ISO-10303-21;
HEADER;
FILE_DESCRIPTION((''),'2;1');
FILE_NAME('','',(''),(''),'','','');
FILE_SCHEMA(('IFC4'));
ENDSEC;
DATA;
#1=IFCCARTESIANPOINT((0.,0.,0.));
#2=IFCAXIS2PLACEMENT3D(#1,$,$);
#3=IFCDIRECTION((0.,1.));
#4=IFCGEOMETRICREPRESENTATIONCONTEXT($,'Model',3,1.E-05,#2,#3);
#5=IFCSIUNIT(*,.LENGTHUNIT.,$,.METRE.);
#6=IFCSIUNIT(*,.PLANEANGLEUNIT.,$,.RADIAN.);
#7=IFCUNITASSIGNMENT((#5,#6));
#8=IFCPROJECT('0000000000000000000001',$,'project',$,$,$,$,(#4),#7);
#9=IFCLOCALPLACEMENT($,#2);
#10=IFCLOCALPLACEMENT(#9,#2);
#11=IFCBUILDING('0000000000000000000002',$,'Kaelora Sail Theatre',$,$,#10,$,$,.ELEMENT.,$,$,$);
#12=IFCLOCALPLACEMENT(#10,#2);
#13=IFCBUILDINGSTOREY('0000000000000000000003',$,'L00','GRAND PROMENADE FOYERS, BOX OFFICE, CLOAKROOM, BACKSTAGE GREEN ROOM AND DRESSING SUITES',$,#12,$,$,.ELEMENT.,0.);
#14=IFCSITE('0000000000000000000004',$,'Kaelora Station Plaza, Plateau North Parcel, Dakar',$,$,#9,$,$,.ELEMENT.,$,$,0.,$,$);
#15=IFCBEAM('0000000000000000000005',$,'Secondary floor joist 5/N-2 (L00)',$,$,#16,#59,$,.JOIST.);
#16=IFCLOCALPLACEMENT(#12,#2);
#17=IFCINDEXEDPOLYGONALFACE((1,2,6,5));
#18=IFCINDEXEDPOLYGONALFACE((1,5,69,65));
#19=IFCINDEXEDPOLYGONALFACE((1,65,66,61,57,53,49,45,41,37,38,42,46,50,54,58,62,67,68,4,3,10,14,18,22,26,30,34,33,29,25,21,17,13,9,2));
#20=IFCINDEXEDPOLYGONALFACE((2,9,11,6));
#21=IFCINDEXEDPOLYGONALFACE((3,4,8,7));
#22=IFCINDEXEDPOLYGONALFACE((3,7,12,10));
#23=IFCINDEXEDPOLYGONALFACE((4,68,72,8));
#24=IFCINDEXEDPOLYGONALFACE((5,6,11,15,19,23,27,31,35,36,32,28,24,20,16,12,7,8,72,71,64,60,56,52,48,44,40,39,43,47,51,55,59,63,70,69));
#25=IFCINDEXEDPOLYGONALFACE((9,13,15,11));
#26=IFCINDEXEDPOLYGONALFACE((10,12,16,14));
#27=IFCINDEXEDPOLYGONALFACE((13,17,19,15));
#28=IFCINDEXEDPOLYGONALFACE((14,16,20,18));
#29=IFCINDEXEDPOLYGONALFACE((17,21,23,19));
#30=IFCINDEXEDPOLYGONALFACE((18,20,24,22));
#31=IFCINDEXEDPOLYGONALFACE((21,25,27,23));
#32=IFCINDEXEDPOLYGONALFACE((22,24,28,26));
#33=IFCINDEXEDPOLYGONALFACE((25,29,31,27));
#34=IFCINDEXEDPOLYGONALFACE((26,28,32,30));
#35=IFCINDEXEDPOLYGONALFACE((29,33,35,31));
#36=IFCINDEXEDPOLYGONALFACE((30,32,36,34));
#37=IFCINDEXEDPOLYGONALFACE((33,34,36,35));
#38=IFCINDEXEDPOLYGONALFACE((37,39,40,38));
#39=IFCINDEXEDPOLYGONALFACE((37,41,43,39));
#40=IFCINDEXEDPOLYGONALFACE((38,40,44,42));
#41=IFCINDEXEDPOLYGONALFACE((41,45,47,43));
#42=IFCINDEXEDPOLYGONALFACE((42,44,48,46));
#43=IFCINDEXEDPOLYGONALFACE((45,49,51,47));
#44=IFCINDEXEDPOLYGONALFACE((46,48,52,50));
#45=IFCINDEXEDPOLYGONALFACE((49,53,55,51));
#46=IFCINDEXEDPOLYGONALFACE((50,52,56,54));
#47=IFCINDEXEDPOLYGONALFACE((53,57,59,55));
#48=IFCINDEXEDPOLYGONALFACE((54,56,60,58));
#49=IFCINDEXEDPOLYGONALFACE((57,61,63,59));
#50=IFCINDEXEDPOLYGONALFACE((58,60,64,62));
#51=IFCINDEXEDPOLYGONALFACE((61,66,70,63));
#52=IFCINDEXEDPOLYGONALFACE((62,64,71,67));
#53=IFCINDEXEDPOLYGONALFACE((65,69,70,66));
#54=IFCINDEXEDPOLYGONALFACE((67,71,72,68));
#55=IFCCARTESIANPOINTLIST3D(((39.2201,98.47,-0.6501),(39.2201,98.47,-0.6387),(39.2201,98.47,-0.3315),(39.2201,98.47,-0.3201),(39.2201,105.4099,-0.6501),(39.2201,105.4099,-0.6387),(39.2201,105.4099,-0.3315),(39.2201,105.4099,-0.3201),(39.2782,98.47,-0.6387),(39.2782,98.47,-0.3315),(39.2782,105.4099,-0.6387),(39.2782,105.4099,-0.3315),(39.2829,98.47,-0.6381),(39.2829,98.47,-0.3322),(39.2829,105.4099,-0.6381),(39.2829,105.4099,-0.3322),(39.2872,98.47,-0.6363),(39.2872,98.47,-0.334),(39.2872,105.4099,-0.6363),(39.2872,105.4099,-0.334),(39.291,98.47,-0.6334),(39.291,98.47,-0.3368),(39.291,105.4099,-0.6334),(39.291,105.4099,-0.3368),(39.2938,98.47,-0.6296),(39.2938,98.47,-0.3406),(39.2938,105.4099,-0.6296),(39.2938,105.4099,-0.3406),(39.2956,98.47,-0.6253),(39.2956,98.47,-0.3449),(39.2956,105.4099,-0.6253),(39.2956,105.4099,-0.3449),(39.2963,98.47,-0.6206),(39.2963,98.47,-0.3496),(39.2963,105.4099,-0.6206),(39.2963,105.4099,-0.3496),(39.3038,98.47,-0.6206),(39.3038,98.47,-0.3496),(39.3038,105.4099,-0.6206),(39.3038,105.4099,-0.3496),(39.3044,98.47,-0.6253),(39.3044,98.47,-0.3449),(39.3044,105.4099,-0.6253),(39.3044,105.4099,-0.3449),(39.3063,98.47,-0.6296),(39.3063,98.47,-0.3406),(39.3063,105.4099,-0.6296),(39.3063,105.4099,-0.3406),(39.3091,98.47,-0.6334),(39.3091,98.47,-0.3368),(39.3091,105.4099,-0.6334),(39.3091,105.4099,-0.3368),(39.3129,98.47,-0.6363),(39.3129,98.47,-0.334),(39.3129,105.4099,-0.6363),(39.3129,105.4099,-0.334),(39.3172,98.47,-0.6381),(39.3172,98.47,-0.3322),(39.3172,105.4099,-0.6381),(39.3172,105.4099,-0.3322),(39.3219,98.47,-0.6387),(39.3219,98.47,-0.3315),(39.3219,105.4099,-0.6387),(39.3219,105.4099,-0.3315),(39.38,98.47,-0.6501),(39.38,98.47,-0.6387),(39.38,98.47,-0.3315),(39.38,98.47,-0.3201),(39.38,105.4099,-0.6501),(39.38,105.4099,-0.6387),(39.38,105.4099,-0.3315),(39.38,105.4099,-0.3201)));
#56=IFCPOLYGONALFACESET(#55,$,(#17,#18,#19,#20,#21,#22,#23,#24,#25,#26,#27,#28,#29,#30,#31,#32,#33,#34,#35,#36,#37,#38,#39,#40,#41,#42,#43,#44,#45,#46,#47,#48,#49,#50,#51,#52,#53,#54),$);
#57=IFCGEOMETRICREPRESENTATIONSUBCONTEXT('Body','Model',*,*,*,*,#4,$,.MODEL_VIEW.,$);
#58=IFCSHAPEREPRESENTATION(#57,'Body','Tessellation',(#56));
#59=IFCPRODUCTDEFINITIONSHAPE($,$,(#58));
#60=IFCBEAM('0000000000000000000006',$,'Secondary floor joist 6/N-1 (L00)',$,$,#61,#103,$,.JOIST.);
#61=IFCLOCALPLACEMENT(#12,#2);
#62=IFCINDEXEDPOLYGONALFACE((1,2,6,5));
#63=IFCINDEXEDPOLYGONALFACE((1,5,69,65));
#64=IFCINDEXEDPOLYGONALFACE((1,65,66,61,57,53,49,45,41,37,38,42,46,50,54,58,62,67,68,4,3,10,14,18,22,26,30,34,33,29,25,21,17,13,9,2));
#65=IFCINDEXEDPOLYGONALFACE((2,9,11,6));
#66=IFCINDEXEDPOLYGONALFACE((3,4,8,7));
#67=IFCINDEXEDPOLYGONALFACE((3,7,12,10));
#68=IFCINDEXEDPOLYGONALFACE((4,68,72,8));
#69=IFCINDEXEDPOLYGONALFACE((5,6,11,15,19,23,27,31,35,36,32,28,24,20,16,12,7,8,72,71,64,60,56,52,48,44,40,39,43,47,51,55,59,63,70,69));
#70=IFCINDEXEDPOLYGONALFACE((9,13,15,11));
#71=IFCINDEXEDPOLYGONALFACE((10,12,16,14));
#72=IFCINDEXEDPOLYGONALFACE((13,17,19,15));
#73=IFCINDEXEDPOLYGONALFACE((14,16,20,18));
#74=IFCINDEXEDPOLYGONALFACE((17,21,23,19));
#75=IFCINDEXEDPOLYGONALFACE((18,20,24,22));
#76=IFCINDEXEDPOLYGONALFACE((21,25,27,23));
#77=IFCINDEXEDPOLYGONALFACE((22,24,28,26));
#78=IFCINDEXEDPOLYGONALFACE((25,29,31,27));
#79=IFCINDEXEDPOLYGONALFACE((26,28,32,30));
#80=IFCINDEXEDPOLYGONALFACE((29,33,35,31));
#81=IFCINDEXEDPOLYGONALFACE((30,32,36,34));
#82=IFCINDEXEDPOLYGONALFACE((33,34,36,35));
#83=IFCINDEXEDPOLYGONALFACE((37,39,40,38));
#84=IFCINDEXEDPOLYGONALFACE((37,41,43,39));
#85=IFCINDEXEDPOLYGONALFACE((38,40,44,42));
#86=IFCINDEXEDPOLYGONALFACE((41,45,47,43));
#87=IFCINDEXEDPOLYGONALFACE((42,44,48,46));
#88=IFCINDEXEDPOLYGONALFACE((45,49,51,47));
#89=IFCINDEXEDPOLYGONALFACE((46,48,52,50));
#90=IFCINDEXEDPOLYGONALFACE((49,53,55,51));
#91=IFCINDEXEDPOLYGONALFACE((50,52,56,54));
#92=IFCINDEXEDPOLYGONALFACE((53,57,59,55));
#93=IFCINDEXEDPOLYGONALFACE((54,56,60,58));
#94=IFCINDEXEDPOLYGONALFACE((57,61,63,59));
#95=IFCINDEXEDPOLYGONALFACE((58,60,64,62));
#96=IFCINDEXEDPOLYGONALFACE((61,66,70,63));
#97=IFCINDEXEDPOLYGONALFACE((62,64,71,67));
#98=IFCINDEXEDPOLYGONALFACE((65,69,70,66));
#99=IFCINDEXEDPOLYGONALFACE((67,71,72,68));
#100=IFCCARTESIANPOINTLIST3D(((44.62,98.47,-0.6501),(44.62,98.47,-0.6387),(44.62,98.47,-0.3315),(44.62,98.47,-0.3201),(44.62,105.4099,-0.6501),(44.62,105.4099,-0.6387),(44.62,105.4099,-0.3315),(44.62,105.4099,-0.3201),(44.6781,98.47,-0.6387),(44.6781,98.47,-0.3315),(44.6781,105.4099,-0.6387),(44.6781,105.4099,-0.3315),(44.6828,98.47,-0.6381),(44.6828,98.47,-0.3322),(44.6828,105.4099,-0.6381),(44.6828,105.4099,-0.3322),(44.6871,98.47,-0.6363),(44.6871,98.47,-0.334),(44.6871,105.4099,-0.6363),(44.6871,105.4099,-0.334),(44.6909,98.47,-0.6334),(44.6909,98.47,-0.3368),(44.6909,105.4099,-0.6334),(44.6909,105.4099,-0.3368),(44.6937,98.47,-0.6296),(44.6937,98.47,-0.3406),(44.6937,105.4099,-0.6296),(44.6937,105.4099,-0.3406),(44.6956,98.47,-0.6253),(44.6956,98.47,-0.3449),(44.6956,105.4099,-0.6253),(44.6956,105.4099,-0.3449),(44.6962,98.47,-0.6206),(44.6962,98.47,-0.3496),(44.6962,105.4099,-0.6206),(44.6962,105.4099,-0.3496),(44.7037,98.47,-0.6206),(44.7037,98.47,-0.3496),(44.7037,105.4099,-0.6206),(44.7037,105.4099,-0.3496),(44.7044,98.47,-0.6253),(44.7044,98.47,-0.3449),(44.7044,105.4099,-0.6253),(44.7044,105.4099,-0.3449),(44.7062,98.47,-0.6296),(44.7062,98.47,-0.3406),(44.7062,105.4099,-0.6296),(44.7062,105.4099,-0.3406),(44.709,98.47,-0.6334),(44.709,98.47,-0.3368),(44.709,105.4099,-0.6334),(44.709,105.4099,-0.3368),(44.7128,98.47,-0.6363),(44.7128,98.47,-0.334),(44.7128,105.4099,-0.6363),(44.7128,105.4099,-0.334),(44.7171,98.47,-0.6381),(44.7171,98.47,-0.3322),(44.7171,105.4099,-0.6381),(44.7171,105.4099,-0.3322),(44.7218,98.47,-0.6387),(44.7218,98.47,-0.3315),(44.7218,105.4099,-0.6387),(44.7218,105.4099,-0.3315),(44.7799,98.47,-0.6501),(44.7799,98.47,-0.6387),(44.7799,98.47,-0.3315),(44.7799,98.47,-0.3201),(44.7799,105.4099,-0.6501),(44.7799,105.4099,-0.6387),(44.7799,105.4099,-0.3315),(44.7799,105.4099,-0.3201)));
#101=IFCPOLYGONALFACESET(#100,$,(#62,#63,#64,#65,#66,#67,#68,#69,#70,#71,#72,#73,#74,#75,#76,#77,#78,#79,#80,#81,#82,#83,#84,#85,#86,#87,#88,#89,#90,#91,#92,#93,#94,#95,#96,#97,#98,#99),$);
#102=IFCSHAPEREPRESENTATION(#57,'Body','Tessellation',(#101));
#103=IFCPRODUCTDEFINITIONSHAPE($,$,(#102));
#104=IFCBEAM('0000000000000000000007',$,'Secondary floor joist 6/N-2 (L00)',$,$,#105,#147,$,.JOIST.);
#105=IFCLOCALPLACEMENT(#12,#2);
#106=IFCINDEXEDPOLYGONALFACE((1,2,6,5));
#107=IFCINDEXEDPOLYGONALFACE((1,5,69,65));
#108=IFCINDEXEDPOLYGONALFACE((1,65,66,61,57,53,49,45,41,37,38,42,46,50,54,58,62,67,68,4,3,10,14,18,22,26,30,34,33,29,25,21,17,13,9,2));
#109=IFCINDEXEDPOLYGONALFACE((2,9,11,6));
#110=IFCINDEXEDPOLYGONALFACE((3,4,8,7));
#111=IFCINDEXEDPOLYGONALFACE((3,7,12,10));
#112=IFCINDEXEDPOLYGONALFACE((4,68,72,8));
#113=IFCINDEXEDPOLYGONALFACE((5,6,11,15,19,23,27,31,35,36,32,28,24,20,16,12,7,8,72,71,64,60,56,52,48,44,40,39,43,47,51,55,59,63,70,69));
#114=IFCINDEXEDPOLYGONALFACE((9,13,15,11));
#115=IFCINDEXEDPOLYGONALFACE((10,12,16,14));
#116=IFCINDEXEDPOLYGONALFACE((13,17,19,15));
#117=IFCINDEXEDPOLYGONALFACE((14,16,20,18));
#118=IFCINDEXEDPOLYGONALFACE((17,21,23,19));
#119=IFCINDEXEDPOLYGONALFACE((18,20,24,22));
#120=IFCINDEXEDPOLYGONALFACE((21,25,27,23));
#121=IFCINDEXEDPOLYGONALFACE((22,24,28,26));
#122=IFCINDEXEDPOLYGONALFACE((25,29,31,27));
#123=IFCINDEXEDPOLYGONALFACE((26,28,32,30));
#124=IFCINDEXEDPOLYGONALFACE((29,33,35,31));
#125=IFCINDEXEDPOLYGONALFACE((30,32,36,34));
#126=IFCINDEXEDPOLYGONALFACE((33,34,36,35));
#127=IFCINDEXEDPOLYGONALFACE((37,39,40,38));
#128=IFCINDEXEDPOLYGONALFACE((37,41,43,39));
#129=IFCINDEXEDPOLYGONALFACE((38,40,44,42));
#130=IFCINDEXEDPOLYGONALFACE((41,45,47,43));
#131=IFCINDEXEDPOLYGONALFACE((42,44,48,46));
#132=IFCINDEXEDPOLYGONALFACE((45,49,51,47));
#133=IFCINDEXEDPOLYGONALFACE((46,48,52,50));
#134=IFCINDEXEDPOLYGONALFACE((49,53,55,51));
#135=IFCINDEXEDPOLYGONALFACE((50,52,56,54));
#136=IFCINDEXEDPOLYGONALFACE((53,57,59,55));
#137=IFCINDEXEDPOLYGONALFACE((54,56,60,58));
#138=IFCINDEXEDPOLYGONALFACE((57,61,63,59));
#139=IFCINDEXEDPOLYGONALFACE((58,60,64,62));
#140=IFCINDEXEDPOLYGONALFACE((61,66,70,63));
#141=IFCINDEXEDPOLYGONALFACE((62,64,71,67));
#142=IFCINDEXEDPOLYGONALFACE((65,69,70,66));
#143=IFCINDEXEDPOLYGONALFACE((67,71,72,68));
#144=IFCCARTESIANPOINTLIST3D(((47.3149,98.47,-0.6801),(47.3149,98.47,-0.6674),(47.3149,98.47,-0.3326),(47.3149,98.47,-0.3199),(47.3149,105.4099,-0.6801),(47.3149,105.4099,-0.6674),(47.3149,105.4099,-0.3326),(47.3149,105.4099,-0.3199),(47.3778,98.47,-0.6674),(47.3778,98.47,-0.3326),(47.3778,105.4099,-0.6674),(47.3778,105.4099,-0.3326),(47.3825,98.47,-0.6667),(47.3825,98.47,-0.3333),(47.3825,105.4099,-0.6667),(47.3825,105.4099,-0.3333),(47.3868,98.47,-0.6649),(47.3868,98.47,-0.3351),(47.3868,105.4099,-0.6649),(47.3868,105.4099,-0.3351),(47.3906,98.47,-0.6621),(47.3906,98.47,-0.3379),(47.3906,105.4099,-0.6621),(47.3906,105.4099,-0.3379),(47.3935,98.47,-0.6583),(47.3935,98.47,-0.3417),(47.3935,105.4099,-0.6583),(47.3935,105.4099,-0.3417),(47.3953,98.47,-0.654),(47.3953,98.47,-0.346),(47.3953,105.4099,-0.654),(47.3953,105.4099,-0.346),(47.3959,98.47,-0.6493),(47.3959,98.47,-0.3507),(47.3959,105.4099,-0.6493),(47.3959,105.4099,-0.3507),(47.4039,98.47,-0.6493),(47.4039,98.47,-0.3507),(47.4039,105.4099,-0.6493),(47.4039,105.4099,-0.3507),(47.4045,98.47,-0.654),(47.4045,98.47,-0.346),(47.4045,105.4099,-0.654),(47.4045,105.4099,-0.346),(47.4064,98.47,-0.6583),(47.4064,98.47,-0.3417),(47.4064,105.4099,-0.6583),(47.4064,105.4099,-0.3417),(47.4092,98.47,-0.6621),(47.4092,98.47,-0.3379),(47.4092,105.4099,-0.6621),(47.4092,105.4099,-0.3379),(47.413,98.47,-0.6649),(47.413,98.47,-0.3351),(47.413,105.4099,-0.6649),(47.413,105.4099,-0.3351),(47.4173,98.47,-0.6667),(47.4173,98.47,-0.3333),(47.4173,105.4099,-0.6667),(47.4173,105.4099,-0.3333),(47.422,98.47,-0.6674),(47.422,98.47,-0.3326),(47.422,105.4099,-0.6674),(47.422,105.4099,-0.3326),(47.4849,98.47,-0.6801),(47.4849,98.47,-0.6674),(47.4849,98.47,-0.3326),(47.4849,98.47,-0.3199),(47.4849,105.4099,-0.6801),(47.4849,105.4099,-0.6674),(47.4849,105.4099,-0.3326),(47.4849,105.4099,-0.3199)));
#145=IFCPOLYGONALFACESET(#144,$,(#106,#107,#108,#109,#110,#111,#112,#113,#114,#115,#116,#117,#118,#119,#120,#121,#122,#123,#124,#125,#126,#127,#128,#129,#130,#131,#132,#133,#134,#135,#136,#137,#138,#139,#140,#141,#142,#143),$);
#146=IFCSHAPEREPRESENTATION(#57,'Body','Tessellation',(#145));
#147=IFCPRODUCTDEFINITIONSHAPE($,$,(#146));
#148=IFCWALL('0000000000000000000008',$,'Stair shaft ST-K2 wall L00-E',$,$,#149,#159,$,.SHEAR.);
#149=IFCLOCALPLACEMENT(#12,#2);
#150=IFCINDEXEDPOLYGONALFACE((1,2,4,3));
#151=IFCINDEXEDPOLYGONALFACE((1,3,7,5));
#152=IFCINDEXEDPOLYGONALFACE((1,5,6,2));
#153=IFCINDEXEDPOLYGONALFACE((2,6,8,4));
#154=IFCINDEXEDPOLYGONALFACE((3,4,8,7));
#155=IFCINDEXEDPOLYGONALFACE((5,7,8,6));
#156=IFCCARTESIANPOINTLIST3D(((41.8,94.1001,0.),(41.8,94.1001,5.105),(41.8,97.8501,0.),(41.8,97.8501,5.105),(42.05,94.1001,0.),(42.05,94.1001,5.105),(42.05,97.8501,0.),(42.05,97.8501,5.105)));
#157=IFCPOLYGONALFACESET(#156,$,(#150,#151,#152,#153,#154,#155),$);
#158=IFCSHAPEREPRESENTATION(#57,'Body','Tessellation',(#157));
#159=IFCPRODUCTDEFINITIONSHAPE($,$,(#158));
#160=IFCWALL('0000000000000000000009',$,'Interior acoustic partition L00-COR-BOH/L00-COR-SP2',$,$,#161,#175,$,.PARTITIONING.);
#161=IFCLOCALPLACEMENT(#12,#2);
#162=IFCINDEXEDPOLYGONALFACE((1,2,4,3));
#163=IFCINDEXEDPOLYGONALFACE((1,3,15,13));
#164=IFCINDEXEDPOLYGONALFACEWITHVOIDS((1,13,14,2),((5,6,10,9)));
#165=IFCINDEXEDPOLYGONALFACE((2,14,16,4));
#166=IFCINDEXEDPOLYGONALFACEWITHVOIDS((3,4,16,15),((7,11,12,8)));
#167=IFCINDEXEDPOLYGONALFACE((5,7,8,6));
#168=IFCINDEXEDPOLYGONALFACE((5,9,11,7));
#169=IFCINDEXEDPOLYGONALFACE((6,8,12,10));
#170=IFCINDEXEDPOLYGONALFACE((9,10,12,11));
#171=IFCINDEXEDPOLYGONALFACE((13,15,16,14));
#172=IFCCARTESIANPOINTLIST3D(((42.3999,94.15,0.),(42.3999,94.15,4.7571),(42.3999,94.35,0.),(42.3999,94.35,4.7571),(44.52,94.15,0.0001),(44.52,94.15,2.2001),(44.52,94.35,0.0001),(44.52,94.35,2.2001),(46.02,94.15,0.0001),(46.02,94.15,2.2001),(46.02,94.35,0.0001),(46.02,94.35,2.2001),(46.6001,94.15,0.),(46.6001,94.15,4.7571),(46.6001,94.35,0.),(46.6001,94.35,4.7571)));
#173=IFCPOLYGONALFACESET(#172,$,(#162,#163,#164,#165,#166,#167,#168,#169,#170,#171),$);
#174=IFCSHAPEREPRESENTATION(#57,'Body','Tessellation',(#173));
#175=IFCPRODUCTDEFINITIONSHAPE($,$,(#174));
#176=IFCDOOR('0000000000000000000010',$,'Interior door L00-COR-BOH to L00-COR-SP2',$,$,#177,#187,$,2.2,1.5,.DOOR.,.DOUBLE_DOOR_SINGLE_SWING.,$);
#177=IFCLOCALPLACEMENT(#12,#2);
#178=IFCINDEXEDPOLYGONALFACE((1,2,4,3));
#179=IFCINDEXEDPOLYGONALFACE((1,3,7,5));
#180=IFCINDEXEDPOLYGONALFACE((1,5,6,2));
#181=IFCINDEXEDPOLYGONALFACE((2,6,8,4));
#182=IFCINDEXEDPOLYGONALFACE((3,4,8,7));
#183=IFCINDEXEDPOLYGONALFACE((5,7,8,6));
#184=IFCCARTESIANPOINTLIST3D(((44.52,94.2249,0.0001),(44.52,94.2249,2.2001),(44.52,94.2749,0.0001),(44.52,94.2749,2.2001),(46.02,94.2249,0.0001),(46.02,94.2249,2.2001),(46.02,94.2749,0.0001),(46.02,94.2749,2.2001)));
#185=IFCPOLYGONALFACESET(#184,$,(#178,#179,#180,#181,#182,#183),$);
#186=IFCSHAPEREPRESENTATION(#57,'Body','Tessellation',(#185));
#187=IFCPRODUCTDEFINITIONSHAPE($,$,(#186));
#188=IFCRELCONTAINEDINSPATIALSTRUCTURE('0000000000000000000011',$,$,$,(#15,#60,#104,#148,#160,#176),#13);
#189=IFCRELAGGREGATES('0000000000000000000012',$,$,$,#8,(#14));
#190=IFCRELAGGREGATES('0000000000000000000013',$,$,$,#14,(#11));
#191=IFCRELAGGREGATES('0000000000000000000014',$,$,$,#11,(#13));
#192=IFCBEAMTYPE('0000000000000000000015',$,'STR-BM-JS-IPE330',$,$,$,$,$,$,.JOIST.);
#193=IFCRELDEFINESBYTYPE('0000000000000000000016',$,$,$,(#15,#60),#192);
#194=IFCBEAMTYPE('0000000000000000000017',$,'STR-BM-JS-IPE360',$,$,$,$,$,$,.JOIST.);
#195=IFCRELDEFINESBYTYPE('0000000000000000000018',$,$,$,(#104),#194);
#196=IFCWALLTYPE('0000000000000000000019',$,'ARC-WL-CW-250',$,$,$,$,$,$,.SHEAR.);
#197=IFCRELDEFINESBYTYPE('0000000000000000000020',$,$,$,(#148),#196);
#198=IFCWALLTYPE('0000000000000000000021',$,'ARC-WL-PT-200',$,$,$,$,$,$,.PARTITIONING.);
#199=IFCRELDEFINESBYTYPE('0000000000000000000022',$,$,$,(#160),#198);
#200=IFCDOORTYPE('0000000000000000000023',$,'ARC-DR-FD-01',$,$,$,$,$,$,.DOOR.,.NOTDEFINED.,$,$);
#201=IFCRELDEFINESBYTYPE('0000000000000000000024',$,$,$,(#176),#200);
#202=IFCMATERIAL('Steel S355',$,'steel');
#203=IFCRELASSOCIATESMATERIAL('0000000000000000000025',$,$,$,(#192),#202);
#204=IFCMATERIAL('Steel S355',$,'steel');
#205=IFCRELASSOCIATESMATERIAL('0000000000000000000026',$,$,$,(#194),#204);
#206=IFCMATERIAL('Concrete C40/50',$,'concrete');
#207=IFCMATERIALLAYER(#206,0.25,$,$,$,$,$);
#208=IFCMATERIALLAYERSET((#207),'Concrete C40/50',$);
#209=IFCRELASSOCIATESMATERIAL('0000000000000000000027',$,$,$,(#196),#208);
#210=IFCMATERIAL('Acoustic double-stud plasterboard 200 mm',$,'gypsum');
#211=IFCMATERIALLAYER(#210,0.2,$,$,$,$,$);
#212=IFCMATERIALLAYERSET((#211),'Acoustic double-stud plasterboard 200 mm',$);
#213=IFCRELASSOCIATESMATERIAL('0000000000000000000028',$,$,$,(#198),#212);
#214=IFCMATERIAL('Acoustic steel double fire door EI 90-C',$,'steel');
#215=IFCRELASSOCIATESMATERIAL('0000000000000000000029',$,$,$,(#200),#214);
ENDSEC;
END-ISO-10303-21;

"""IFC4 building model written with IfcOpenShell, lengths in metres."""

from ifc_helpers import new_model, si_unit, direction, frame, frame_2d, origin, origin_2d, place, context, subcontext, project, spatial, rectangle, i_section, extrude, material, layer, layer_set, material_profile, profile_set, type_object, element, fill, save


model = new_model("IFC4")

# Units and contexts
model_context = context("Model", 3, precision=1e-05, world=origin(), true_north=direction((0.0, 1.0)))
body_context = subcontext(model_context, "Body", "Model", "MODEL_VIEW")
ifc_project = project(units=[si_unit("LENGTHUNIT", "METRE"), si_unit("PLANEANGLEUNIT", "RADIAN")], contexts=[model_context])

# Site, building, storey
site_placement = place(None, origin())
site = spatial("IfcSite", under=ifc_project, at=site_placement, Name="Kaelora Station Plaza, Plateau North Parcel, Dakar", CompositionType="ELEMENT", RefElevation=0.0)
building_placement = place(site_placement, origin())
building = spatial("IfcBuilding", under=site, at=building_placement, Name="Kaelora Sail Theatre", CompositionType="ELEMENT")
storey_placement = place(building_placement, origin())
storey = spatial("IfcBuildingStorey", under=building, at=storey_placement, Name="L00", Description="GRAND PROMENADE FOYERS, BOX OFFICE, CLOAKROOM, BACKSTAGE GREEN ROOM AND DRESSING SUITES", CompositionType="ELEMENT", Elevation=0.0)

# Beams
ifc_material_1 = material(Name="Steel S355", Category="steel")
ifc_material_profile_1 = material_profile(ifc_material_1, i_section(OverallWidth=0.1599, OverallDepth=0.3301, WebThickness=0.0076, FlangeThickness=0.0115, FilletRadius=0.0181, at=origin_2d()), Name="IPE 330")
ifc_profile_set_1 = profile_set([ifc_material_profile_1], Name="Steel S355")
beam_type_1 = type_object("IfcBeamType", Name="STR-BM-JS-IPE330", PredefinedType="JOIST", material=ifc_profile_set_1)
for number, where, z_axis, x_axis, name in (
    (1, (39.3, 98.47, -0.4851), (0.0, 1.0, 0.0), (-1.0, 0.0, 0.0), "Secondary floor joist 5/N-2 (L00)"),
    (2, (44.7, 98.47, -0.4851), (0.0, 1.0, 0.0), (-1.0, 0.0, 0.0), "Secondary floor joist 6/N-1 (L00)"),
):
    element("IfcBeam", number, at=place(storey_placement, frame(where, z_axis=z_axis, x_axis=x_axis)), inside=storey, type_object=beam_type_1, Name=name, PredefinedType="JOIST", context=body_context, shape_type="SweptSolid", body=[
        extrude(i_section(OverallWidth=0.1599, OverallDepth=0.3301, WebThickness=0.0076, FlangeThickness=0.0115, FilletRadius=0.0181, at=origin_2d()), origin(), (0.0, 0.0, 1.0), 6.9399),
    ])
ifc_material_2 = material(Name="Steel S355", Category="steel")
ifc_material_profile_2 = material_profile(ifc_material_2, i_section(OverallWidth=0.1699, OverallDepth=0.3601, WebThickness=0.0081, FlangeThickness=0.0127, FilletRadius=0.0181, at=origin_2d()), Name="IPE 360")
ifc_profile_set_2 = profile_set([ifc_material_profile_2], Name="Steel S355")
beam_type_2 = type_object("IfcBeamType", Name="STR-BM-JS-IPE360", PredefinedType="JOIST", material=ifc_profile_set_2)
beam_1_placement = place(storey_placement, frame((47.3999, 98.47, -0.5), z_axis=(0.0, 1.0, 0.0), x_axis=(-1.0, 0.0, 0.0)))
element("IfcBeam", 3, at=beam_1_placement, inside=storey, type_object=beam_type_2, Name="Secondary floor joist 6/N-2 (L00)", PredefinedType="JOIST", context=body_context, shape_type="SweptSolid", body=[
    extrude(i_section(OverallWidth=0.1699, OverallDepth=0.3601, WebThickness=0.0081, FlangeThickness=0.0127, FilletRadius=0.0181, at=origin_2d()), origin(), (0.0, 0.0, 1.0), 6.9399),
])

# Wall
ifc_material_3 = material(Name="Concrete C40/50", Category="concrete")
ifc_layer_1 = layer(ifc_material_3, 0.25)
ifc_layer_set_1 = layer_set([ifc_layer_1], Name="Concrete C40/50")
wall_type_1 = type_object("IfcWallType", Name="ARC-WL-CW-250", PredefinedType="SHEAR", material=ifc_layer_set_1)
wall_1_placement = place(storey_placement, frame((41.925, 94.1001, 0.0), z_axis=(0.0, 0.0, 1.0), x_axis=(0.0, 1.0, 0.0)))
element("IfcWall", 4, at=wall_1_placement, inside=storey, type_object=wall_type_1, Name="Stair shaft ST-K2 wall L00-E", PredefinedType="SHEAR", context=body_context, shape_type="SweptSolid", body=[
    extrude(rectangle(XDim=3.75, YDim=0.25, at=frame_2d((1.875, 0.0))), origin(), (0.0, 0.0, 1.0), 5.105),
])

# Wall, opening, door
ifc_material_4 = material(Name="Acoustic double-stud plasterboard 200 mm", Category="gypsum")
ifc_layer_2 = layer(ifc_material_4, 0.2)
ifc_layer_set_2 = layer_set([ifc_layer_2], Name="Acoustic double-stud plasterboard 200 mm")
wall_type_2 = type_object("IfcWallType", Name="ARC-WL-PT-200", PredefinedType="PARTITIONING", material=ifc_layer_set_2)
wall_2_placement = place(storey_placement, frame((42.3999, 94.25, 0.0), z_axis=(0.0, 0.0, 1.0), x_axis=(1.0, 0.0, 0.0)))
wall_2 = element("IfcWall", 5, at=wall_2_placement, inside=storey, type_object=wall_type_2, Name="Interior acoustic partition L00-COR-BOH/L00-COR-SP2", PredefinedType="PARTITIONING", context=body_context, shape_type="SweptSolid", body=[
    extrude(rectangle(XDim=4.2002, YDim=0.2, at=frame_2d((2.1001, 0.0))), origin(), (0.0, 0.0, 1.0), 4.7571),
])
opening_placement = place(wall_2_placement, frame((2.1201, 0.0, 0.0)))
opening = element("IfcOpeningElement", 6, at=opening_placement, cuts=wall_2, PredefinedType="OPENING", context=body_context, shape_type="SweptSolid", body=[
    extrude(rectangle(XDim=1.5, YDim=2.2, at=frame_2d((0.75, 1.1001))), frame((0.0, 0.1101, 0.0), z_axis=(0.0, -1.0, 0.0), x_axis=(1.0, 0.0, 0.0)), (0.0, 0.0, 1.0), 0.22),
])
ifc_material_5 = material(Name="Acoustic steel double fire door EI 90-C", Category="steel")
door_type = type_object("IfcDoorType", Name="ARC-DR-FD-01", OperationType="NOTDEFINED", PredefinedType="DOOR", material=ifc_material_5)
door_placement = place(opening_placement, origin())
door = element("IfcDoor", 7, at=door_placement, inside=storey, type_object=door_type, Name="Interior door L00-COR-BOH to L00-COR-SP2", OperationType="DOUBLE_DOOR_SINGLE_SWING", OverallHeight=2.2, OverallWidth=1.5, PredefinedType="DOOR", context=body_context, shape_type="SweptSolid", body=[
    extrude(rectangle(XDim=1.5, YDim=2.2, at=frame_2d((0.75, 1.1001))), frame((0.0, 0.0249, 0.0), z_axis=(0.0, -1.0, 0.0), x_axis=(1.0, 0.0, 0.0)), (0.0, 0.0, 1.0), 0.05),
])
fill(opening, door)

save(model, "model.ifc")
